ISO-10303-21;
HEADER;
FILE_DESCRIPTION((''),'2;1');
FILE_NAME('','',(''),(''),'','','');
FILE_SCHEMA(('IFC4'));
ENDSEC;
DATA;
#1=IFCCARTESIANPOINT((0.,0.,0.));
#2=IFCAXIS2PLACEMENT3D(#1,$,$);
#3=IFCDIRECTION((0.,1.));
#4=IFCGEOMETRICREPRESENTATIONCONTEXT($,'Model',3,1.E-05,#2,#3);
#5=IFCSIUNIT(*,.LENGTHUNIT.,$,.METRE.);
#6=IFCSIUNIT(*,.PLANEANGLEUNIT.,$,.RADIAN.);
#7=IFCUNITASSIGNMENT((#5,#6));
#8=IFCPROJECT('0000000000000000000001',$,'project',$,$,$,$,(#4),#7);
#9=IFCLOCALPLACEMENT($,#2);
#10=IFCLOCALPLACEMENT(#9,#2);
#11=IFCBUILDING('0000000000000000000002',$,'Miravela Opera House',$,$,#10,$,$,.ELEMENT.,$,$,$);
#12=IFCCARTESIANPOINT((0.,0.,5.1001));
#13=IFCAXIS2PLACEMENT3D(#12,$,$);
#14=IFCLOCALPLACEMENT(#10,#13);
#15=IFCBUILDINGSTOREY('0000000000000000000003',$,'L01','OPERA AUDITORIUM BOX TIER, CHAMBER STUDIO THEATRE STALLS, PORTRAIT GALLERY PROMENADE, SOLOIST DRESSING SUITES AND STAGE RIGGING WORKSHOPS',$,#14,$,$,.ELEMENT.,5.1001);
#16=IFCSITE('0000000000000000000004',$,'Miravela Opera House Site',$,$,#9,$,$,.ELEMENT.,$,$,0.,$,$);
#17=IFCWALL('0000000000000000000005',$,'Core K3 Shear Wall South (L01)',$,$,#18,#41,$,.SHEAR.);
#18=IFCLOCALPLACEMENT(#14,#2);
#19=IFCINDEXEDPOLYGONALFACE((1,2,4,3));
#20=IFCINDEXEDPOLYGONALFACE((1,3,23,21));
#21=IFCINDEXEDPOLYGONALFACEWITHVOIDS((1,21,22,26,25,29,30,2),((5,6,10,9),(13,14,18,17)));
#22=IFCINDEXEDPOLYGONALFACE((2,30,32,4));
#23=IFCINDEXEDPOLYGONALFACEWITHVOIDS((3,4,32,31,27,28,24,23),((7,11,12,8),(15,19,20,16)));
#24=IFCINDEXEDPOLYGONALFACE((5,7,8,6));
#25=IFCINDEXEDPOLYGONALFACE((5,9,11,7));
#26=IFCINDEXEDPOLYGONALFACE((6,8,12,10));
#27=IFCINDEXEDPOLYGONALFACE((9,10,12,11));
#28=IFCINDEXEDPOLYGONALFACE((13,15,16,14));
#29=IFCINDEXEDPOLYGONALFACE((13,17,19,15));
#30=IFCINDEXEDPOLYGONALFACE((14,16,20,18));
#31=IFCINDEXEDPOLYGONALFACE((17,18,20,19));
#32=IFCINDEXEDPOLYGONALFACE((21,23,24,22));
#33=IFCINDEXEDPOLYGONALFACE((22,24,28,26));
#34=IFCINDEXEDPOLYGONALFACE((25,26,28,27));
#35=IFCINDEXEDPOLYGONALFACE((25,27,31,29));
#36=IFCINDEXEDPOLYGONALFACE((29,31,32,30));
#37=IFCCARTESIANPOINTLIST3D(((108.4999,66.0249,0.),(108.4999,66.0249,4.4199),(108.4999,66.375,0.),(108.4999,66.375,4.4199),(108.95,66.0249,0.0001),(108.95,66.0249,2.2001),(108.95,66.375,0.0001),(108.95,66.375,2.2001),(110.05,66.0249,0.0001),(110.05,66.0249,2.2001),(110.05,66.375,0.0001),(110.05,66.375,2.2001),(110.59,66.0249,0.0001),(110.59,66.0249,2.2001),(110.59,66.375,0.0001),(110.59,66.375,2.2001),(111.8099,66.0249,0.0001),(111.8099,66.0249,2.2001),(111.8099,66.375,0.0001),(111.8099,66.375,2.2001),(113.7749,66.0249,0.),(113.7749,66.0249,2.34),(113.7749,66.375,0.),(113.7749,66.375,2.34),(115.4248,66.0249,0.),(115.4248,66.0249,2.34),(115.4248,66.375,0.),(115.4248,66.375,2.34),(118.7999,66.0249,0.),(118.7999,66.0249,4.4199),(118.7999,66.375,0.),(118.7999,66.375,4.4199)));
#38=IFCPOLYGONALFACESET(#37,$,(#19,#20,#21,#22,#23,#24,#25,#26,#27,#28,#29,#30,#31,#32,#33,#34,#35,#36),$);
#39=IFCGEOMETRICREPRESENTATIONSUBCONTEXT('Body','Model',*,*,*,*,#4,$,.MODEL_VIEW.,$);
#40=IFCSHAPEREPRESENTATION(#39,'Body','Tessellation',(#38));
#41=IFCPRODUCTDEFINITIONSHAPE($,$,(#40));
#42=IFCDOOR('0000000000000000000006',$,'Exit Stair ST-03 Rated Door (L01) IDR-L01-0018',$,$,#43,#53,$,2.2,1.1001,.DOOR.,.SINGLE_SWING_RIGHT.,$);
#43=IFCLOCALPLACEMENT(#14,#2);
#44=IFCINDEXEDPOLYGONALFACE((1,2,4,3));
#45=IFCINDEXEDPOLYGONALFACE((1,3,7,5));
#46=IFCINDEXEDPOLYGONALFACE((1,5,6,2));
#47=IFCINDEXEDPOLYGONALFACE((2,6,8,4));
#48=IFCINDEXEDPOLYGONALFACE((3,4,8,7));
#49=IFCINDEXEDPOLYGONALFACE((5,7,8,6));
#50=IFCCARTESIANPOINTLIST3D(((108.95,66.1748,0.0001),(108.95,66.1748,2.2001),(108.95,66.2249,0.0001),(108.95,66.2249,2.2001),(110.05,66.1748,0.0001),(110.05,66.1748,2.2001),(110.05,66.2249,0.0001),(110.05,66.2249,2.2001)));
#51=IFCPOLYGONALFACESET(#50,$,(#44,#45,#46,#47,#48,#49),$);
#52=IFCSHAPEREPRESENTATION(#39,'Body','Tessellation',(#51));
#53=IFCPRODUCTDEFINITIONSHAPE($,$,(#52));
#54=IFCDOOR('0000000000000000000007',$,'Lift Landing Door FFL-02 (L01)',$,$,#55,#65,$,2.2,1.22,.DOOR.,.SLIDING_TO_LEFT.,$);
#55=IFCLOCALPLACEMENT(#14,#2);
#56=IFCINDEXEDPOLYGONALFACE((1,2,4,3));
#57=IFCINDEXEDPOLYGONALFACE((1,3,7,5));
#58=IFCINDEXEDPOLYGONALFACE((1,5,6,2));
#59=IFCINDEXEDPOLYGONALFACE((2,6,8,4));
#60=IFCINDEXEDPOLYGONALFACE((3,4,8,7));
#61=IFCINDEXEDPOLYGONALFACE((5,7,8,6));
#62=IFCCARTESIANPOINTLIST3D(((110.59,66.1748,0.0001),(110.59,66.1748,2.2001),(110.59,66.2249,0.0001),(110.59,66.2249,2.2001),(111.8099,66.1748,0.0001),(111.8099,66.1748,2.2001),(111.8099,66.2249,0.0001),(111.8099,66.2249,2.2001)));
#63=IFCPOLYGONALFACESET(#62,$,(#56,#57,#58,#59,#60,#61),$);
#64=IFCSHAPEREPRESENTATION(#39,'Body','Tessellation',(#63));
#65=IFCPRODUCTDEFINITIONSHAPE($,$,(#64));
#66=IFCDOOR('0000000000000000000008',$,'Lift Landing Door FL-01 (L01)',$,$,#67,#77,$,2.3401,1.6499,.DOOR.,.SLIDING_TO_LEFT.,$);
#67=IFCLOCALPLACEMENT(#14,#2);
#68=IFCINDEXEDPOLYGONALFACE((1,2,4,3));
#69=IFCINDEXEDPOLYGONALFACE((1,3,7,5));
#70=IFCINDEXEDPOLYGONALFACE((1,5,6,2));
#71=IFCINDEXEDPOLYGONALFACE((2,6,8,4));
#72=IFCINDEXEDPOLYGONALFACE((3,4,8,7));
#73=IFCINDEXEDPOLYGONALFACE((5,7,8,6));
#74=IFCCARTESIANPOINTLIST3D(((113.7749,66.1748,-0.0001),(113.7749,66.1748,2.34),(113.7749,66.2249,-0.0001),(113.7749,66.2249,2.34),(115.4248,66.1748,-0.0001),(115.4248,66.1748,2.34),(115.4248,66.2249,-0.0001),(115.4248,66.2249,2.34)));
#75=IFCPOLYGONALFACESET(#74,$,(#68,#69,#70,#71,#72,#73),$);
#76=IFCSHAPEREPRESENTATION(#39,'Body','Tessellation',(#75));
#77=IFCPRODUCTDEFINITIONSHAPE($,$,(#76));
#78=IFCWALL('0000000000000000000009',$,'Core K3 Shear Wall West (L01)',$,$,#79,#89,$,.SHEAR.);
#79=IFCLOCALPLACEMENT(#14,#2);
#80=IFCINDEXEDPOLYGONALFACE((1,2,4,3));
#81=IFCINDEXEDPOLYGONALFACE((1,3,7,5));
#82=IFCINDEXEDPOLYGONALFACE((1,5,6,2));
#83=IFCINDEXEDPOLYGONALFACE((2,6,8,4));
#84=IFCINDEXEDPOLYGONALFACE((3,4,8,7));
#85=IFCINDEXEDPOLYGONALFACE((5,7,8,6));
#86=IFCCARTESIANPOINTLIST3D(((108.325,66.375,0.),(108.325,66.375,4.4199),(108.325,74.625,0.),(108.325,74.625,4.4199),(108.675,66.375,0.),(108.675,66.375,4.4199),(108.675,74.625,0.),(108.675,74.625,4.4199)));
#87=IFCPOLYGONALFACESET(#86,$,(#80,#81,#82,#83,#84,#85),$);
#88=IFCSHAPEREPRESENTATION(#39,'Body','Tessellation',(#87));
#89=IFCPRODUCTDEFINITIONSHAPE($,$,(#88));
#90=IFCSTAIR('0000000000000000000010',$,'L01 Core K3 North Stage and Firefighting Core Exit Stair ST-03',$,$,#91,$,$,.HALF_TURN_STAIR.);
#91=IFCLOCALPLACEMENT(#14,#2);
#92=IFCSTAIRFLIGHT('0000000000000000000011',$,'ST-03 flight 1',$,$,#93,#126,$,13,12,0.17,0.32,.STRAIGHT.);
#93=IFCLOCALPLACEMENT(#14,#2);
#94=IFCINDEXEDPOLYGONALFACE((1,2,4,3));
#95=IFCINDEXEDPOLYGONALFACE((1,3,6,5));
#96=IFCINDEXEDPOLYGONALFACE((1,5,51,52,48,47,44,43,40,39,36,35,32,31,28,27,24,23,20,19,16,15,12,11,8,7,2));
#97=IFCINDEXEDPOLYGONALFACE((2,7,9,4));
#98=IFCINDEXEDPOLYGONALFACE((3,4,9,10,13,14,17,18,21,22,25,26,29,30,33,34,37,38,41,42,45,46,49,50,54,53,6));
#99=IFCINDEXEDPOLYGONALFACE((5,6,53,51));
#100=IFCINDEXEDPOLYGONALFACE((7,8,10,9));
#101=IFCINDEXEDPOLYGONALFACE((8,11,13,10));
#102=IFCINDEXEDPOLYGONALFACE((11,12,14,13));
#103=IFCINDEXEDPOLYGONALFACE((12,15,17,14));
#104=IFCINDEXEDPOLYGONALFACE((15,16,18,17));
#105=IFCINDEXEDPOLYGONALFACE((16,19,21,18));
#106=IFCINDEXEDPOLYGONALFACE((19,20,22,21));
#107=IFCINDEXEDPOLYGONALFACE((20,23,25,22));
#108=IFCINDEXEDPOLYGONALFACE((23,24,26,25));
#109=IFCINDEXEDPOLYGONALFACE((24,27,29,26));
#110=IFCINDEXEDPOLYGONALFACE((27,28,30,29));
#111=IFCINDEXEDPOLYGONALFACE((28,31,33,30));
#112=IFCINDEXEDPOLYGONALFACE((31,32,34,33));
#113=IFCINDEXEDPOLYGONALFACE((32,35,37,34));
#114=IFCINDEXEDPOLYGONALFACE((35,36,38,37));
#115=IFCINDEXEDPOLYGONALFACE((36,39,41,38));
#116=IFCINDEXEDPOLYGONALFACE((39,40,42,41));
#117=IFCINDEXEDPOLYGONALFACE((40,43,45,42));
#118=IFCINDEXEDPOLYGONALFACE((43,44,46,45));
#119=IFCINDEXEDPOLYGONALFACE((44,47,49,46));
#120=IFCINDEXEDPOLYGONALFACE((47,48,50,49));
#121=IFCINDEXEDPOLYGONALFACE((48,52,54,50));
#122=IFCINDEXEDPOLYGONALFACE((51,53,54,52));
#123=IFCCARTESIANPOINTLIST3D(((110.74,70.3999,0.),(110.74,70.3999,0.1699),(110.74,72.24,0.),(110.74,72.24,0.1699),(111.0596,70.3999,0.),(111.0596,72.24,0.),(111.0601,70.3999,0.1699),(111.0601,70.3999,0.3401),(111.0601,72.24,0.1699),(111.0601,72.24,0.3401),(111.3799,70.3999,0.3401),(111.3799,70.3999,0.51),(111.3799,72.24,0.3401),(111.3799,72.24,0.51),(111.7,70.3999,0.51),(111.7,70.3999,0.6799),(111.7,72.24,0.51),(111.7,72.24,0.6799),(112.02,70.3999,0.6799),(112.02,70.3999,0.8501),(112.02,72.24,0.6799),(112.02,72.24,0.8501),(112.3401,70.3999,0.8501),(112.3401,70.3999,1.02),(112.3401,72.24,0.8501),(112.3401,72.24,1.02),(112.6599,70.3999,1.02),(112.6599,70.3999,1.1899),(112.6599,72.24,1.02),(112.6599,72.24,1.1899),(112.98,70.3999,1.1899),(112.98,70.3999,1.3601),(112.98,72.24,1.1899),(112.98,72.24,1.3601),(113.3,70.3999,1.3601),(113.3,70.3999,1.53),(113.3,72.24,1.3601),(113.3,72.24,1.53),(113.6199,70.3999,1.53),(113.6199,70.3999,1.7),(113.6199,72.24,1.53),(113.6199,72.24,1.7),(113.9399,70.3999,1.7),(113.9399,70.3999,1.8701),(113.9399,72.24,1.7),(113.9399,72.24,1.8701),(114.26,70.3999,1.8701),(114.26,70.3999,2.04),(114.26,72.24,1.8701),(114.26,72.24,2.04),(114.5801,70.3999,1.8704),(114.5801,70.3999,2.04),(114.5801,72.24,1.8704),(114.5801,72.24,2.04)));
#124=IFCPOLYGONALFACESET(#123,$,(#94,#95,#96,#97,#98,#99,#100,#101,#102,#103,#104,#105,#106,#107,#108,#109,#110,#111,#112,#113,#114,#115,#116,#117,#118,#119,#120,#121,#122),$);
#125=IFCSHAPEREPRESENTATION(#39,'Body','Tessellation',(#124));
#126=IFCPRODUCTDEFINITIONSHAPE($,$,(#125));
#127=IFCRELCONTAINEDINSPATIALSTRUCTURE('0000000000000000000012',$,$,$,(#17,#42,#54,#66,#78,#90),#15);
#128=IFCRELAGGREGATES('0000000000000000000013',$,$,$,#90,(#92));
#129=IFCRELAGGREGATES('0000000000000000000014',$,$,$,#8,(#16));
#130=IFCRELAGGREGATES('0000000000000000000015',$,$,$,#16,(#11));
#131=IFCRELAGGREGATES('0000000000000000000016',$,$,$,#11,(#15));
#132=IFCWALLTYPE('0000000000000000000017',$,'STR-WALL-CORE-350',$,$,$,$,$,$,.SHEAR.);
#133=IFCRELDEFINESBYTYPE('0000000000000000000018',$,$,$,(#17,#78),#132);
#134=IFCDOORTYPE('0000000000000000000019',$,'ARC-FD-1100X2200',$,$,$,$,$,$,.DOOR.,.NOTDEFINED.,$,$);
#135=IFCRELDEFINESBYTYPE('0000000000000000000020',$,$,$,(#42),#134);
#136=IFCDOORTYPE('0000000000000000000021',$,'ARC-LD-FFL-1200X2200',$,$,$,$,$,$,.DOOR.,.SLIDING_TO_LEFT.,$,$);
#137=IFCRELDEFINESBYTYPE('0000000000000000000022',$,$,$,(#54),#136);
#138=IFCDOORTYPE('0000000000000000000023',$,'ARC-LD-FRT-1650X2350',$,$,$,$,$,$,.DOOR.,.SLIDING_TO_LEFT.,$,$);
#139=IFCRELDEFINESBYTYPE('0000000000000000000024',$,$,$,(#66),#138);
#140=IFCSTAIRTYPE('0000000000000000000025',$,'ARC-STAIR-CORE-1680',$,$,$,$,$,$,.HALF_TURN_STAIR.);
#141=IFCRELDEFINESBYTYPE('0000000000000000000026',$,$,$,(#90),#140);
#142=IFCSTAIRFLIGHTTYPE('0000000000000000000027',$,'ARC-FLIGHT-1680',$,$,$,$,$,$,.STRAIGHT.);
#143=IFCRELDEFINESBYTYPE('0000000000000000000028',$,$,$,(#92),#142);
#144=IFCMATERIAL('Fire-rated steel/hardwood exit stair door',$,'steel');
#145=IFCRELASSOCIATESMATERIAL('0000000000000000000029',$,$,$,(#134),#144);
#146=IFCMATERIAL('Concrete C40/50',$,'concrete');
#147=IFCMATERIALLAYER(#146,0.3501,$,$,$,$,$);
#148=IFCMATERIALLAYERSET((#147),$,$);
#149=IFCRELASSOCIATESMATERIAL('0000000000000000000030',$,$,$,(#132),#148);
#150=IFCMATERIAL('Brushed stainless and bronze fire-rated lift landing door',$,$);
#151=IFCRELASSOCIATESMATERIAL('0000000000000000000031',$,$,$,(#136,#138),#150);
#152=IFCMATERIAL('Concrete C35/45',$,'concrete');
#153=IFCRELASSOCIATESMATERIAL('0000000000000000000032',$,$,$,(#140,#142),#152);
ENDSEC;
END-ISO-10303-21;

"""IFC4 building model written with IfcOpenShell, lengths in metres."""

from ifc_helpers import new_model, si_unit, direction, frame, frame_2d, origin, place, context, subcontext, project, spatial, polyline, rectangle, outline, extrude, material, layer, layer_set, type_object, element, fill, aggregate, save


model = new_model("IFC4")

# Units and contexts
model_context = context("Model", 3, precision=1e-05, world=origin(), true_north=direction((0.0, 1.0)))
body_context = subcontext(model_context, "Body", "Model", "MODEL_VIEW")
ifc_project = project(units=[si_unit("LENGTHUNIT", "METRE"), si_unit("PLANEANGLEUNIT", "RADIAN")], contexts=[model_context])

# Site, building, storey
site_placement = place(None, origin())
site = spatial("IfcSite", under=ifc_project, at=site_placement, Name="Miravela Opera House Site", CompositionType="ELEMENT", RefElevation=0.0)
building_placement = place(site_placement, origin())
building = spatial("IfcBuilding", under=site, at=building_placement, Name="Miravela Opera House", CompositionType="ELEMENT")
storey_placement = place(building_placement, frame((0.0, 0.0, 5.1001)))
storey = spatial("IfcBuildingStorey", under=building, at=storey_placement, Name="L01", Description="OPERA AUDITORIUM BOX TIER, CHAMBER STUDIO THEATRE STALLS, PORTRAIT GALLERY PROMENADE, SOLOIST DRESSING SUITES AND STAGE RIGGING WORKSHOPS", CompositionType="ELEMENT", Elevation=5.1001)

# Shared definitions
ifc_material_1 = material(Name="Concrete C40/50", Category="concrete")

# Shared definitions
ifc_material_2 = material(Name="Concrete C35/45", Category="concrete")

# Shared definitions
ifc_material_3 = material(Name="Fire-rated steel/hardwood exit stair door", Category="steel")
door_type_1 = type_object("IfcDoorType", Name="ARC-FD-1100X2200", OperationType="NOTDEFINED", PredefinedType="DOOR", material=ifc_material_3)

# Wall, openings, doors
ifc_layer_1 = layer(ifc_material_1, 0.3501)
ifc_layer_set_1 = layer_set([ifc_layer_1])
wall_type_1 = type_object("IfcWallType", Name="STR-WALL-CORE-350", PredefinedType="SHEAR", material=ifc_layer_set_1)
wall_1_placement = place(storey_placement, frame((108.5, 66.2, 0.0), z_axis=(0.0, 0.0, 1.0), x_axis=(1.0, 0.0, 0.0)))
wall_1 = element("IfcWall", 1, at=wall_1_placement, inside=storey, type_object=wall_type_1, Name="Core K3 Shear Wall South (L01)", PredefinedType="SHEAR", context=body_context, shape_type="SweptSolid", body=[
    extrude(rectangle(XDim=10.3, YDim=0.3501, at=frame_2d((5.1499, 0.0))), origin(), (0.0, 0.0, 1.0), 4.4199),
])
opening_1_placement = place(wall_1_placement, frame((0.45, 0.0, 0.0)))
opening_1 = element("IfcOpeningElement", 2, at=opening_1_placement, cuts=wall_1, PredefinedType="OPENING", context=body_context, shape_type="SweptSolid", body=[
    extrude(rectangle(XDim=1.1001, YDim=2.2, at=frame_2d((0.55, 1.1001))), frame((0.0, 0.1851, 0.0), z_axis=(0.0, -1.0, 0.0), x_axis=(1.0, 0.0, 0.0)), (0.0, 0.0, 1.0), 0.3701),
])
opening_2_placement = place(wall_1_placement, frame((2.0901, 0.0, 0.0)))
opening_2 = element("IfcOpeningElement", 3, at=opening_2_placement, cuts=wall_1, PredefinedType="OPENING", context=body_context, shape_type="SweptSolid", body=[
    extrude(rectangle(XDim=1.22, YDim=2.2, at=frame_2d((0.6099, 1.1001))), frame((0.0, 0.1851, 0.0), z_axis=(0.0, -1.0, 0.0), x_axis=(1.0, 0.0, 0.0)), (0.0, 0.0, 1.0), 0.3701),
])
opening_3_placement = place(wall_1_placement, frame((5.2749, 0.0, 0.0)))
opening_3 = element("IfcOpeningElement", 4, at=opening_3_placement, cuts=wall_1, PredefinedType="OPENING", context=body_context, shape_type="SweptSolid", body=[
    extrude(rectangle(XDim=1.6499, YDim=2.3401, at=frame_2d((0.825, 1.1699))), frame((0.0, 0.1851, 0.0), z_axis=(0.0, -1.0, 0.0), x_axis=(1.0, 0.0, 0.0)), (0.0, 0.0, 1.0), 0.3701),
])
door_1_placement = place(opening_1_placement, origin())
door_1 = element("IfcDoor", 5, at=door_1_placement, inside=storey, type_object=door_type_1, Name="Exit Stair ST-03 Rated Door (L01) IDR-L01-0018", OperationType="SINGLE_SWING_RIGHT", OverallHeight=2.2, OverallWidth=1.1001, PredefinedType="DOOR", context=body_context, shape_type="SweptSolid", body=[
    extrude(rectangle(XDim=1.1001, YDim=2.2, at=frame_2d((0.55, 1.1001))), frame((0.0, 0.0249, 0.0), z_axis=(0.0, -1.0, 0.0), x_axis=(1.0, 0.0, 0.0)), (0.0, 0.0, 1.0), 0.05),
])
fill(opening_1, door_1)
ifc_material_4 = material(Name="Brushed stainless and bronze fire-rated lift landing door")
door_type_2 = type_object("IfcDoorType", Name="ARC-LD-FFL-1200X2200", OperationType="SLIDING_TO_LEFT", PredefinedType="DOOR", material=ifc_material_4)
door_2_placement = place(opening_2_placement, origin())
door_2 = element("IfcDoor", 6, at=door_2_placement, inside=storey, type_object=door_type_2, Name="Lift Landing Door FFL-02 (L01)", OperationType="SLIDING_TO_LEFT", OverallHeight=2.2, OverallWidth=1.22, PredefinedType="DOOR", context=body_context, shape_type="SweptSolid", body=[
    extrude(rectangle(XDim=1.22, YDim=2.2, at=frame_2d((0.6099, 1.1001))), frame((0.0, 0.0249, 0.0), z_axis=(0.0, -1.0, 0.0), x_axis=(1.0, 0.0, 0.0)), (0.0, 0.0, 1.0), 0.05),
])
fill(opening_2, door_2)
door_type_3 = type_object("IfcDoorType", Name="ARC-LD-FRT-1650X2350", OperationType="SLIDING_TO_LEFT", PredefinedType="DOOR", material=ifc_material_4)
door_3_placement = place(opening_3_placement, origin())
door_3 = element("IfcDoor", 7, at=door_3_placement, inside=storey, type_object=door_type_3, Name="Lift Landing Door FL-01 (L01)", OperationType="SLIDING_TO_LEFT", OverallHeight=2.3401, OverallWidth=1.6499, PredefinedType="DOOR", context=body_context, shape_type="SweptSolid", body=[
    extrude(rectangle(XDim=1.6499, YDim=2.3401, at=frame_2d((0.825, 1.1699))), frame((0.0, 0.0249, 0.0), z_axis=(0.0, -1.0, 0.0), x_axis=(1.0, 0.0, 0.0)), (0.0, 0.0, 1.0), 0.05),
])
fill(opening_3, door_3)

# Wall
wall_2_placement = place(storey_placement, frame((108.5, 66.375, 0.0), z_axis=(0.0, 0.0, 1.0), x_axis=(0.0, 1.0, 0.0)))
element("IfcWall", 8, at=wall_2_placement, inside=storey, type_object=wall_type_1, Name="Core K3 Shear Wall West (L01)", PredefinedType="SHEAR", context=body_context, shape_type="SweptSolid", body=[
    extrude(rectangle(XDim=8.25, YDim=0.3501, at=frame_2d((4.125, 0.0))), origin(), (0.0, 0.0, 1.0), 4.4199),
])

# Stair, stair flight
stair_type = type_object("IfcStairType", Name="ARC-STAIR-CORE-1680", PredefinedType="HALF_TURN_STAIR", material=ifc_material_2)
stair_placement = place(storey_placement, origin())
stair = element("IfcStair", 9, at=stair_placement, inside=storey, type_object=stair_type, Name="L01 Core K3 North Stage and Firefighting Core Exit Stair ST-03", PredefinedType="HALF_TURN_STAIR")
stair_flight_type = type_object("IfcStairFlightType", Name="ARC-FLIGHT-1680", PredefinedType="STRAIGHT", material=ifc_material_2)
stair_flight_placement = place(storey_placement, frame((110.74, 71.3201, 0.0), z_axis=(0.0, 0.0, 1.0), x_axis=(1.0, 0.0, 0.0)))
stair_flight = element("IfcStairFlight", 10, at=stair_flight_placement, type_object=stair_flight_type, Name="ST-03 flight 1", NumberOfRisers=13, NumberOfTreads=12, PredefinedType="STRAIGHT", RiserHeight=0.17, TreadLength=0.32, context=body_context, shape_type="SweptSolid", body=[
    extrude(outline(polyline([(0.0, 0.0), (0.0, 0.1699), (0.3201, 0.1699), (0.3201, 0.3401), (0.6399, 0.3401), (0.6399, 0.51), (0.96, 0.51), (0.96, 0.6799), (1.28, 0.6799), (1.28, 0.8501), (1.6001, 0.8501), (1.6001, 1.02), (1.9199, 1.02), (1.9199, 1.1899), (2.24, 1.1899), (2.24, 1.3601), (2.5601, 1.3601), (2.5601, 1.53), (2.8799, 1.53), (2.8799, 1.7), (3.2, 1.7), (3.2, 1.8701), (3.52, 1.8701), (3.52, 2.04), (3.8401, 2.04), (3.8401, 2.21), (3.8401, 1.8704), (0.3196, 0.0), (0.0, 0.0)])), frame((0.0, 0.9199, 0.0), z_axis=(0.0, -1.0, 0.0), x_axis=(1.0, 0.0, 0.0)), (0.0, 0.0, 1.0), 1.8401),
])
aggregate(stair, [stair_flight])

save(model, "model.ifc")
